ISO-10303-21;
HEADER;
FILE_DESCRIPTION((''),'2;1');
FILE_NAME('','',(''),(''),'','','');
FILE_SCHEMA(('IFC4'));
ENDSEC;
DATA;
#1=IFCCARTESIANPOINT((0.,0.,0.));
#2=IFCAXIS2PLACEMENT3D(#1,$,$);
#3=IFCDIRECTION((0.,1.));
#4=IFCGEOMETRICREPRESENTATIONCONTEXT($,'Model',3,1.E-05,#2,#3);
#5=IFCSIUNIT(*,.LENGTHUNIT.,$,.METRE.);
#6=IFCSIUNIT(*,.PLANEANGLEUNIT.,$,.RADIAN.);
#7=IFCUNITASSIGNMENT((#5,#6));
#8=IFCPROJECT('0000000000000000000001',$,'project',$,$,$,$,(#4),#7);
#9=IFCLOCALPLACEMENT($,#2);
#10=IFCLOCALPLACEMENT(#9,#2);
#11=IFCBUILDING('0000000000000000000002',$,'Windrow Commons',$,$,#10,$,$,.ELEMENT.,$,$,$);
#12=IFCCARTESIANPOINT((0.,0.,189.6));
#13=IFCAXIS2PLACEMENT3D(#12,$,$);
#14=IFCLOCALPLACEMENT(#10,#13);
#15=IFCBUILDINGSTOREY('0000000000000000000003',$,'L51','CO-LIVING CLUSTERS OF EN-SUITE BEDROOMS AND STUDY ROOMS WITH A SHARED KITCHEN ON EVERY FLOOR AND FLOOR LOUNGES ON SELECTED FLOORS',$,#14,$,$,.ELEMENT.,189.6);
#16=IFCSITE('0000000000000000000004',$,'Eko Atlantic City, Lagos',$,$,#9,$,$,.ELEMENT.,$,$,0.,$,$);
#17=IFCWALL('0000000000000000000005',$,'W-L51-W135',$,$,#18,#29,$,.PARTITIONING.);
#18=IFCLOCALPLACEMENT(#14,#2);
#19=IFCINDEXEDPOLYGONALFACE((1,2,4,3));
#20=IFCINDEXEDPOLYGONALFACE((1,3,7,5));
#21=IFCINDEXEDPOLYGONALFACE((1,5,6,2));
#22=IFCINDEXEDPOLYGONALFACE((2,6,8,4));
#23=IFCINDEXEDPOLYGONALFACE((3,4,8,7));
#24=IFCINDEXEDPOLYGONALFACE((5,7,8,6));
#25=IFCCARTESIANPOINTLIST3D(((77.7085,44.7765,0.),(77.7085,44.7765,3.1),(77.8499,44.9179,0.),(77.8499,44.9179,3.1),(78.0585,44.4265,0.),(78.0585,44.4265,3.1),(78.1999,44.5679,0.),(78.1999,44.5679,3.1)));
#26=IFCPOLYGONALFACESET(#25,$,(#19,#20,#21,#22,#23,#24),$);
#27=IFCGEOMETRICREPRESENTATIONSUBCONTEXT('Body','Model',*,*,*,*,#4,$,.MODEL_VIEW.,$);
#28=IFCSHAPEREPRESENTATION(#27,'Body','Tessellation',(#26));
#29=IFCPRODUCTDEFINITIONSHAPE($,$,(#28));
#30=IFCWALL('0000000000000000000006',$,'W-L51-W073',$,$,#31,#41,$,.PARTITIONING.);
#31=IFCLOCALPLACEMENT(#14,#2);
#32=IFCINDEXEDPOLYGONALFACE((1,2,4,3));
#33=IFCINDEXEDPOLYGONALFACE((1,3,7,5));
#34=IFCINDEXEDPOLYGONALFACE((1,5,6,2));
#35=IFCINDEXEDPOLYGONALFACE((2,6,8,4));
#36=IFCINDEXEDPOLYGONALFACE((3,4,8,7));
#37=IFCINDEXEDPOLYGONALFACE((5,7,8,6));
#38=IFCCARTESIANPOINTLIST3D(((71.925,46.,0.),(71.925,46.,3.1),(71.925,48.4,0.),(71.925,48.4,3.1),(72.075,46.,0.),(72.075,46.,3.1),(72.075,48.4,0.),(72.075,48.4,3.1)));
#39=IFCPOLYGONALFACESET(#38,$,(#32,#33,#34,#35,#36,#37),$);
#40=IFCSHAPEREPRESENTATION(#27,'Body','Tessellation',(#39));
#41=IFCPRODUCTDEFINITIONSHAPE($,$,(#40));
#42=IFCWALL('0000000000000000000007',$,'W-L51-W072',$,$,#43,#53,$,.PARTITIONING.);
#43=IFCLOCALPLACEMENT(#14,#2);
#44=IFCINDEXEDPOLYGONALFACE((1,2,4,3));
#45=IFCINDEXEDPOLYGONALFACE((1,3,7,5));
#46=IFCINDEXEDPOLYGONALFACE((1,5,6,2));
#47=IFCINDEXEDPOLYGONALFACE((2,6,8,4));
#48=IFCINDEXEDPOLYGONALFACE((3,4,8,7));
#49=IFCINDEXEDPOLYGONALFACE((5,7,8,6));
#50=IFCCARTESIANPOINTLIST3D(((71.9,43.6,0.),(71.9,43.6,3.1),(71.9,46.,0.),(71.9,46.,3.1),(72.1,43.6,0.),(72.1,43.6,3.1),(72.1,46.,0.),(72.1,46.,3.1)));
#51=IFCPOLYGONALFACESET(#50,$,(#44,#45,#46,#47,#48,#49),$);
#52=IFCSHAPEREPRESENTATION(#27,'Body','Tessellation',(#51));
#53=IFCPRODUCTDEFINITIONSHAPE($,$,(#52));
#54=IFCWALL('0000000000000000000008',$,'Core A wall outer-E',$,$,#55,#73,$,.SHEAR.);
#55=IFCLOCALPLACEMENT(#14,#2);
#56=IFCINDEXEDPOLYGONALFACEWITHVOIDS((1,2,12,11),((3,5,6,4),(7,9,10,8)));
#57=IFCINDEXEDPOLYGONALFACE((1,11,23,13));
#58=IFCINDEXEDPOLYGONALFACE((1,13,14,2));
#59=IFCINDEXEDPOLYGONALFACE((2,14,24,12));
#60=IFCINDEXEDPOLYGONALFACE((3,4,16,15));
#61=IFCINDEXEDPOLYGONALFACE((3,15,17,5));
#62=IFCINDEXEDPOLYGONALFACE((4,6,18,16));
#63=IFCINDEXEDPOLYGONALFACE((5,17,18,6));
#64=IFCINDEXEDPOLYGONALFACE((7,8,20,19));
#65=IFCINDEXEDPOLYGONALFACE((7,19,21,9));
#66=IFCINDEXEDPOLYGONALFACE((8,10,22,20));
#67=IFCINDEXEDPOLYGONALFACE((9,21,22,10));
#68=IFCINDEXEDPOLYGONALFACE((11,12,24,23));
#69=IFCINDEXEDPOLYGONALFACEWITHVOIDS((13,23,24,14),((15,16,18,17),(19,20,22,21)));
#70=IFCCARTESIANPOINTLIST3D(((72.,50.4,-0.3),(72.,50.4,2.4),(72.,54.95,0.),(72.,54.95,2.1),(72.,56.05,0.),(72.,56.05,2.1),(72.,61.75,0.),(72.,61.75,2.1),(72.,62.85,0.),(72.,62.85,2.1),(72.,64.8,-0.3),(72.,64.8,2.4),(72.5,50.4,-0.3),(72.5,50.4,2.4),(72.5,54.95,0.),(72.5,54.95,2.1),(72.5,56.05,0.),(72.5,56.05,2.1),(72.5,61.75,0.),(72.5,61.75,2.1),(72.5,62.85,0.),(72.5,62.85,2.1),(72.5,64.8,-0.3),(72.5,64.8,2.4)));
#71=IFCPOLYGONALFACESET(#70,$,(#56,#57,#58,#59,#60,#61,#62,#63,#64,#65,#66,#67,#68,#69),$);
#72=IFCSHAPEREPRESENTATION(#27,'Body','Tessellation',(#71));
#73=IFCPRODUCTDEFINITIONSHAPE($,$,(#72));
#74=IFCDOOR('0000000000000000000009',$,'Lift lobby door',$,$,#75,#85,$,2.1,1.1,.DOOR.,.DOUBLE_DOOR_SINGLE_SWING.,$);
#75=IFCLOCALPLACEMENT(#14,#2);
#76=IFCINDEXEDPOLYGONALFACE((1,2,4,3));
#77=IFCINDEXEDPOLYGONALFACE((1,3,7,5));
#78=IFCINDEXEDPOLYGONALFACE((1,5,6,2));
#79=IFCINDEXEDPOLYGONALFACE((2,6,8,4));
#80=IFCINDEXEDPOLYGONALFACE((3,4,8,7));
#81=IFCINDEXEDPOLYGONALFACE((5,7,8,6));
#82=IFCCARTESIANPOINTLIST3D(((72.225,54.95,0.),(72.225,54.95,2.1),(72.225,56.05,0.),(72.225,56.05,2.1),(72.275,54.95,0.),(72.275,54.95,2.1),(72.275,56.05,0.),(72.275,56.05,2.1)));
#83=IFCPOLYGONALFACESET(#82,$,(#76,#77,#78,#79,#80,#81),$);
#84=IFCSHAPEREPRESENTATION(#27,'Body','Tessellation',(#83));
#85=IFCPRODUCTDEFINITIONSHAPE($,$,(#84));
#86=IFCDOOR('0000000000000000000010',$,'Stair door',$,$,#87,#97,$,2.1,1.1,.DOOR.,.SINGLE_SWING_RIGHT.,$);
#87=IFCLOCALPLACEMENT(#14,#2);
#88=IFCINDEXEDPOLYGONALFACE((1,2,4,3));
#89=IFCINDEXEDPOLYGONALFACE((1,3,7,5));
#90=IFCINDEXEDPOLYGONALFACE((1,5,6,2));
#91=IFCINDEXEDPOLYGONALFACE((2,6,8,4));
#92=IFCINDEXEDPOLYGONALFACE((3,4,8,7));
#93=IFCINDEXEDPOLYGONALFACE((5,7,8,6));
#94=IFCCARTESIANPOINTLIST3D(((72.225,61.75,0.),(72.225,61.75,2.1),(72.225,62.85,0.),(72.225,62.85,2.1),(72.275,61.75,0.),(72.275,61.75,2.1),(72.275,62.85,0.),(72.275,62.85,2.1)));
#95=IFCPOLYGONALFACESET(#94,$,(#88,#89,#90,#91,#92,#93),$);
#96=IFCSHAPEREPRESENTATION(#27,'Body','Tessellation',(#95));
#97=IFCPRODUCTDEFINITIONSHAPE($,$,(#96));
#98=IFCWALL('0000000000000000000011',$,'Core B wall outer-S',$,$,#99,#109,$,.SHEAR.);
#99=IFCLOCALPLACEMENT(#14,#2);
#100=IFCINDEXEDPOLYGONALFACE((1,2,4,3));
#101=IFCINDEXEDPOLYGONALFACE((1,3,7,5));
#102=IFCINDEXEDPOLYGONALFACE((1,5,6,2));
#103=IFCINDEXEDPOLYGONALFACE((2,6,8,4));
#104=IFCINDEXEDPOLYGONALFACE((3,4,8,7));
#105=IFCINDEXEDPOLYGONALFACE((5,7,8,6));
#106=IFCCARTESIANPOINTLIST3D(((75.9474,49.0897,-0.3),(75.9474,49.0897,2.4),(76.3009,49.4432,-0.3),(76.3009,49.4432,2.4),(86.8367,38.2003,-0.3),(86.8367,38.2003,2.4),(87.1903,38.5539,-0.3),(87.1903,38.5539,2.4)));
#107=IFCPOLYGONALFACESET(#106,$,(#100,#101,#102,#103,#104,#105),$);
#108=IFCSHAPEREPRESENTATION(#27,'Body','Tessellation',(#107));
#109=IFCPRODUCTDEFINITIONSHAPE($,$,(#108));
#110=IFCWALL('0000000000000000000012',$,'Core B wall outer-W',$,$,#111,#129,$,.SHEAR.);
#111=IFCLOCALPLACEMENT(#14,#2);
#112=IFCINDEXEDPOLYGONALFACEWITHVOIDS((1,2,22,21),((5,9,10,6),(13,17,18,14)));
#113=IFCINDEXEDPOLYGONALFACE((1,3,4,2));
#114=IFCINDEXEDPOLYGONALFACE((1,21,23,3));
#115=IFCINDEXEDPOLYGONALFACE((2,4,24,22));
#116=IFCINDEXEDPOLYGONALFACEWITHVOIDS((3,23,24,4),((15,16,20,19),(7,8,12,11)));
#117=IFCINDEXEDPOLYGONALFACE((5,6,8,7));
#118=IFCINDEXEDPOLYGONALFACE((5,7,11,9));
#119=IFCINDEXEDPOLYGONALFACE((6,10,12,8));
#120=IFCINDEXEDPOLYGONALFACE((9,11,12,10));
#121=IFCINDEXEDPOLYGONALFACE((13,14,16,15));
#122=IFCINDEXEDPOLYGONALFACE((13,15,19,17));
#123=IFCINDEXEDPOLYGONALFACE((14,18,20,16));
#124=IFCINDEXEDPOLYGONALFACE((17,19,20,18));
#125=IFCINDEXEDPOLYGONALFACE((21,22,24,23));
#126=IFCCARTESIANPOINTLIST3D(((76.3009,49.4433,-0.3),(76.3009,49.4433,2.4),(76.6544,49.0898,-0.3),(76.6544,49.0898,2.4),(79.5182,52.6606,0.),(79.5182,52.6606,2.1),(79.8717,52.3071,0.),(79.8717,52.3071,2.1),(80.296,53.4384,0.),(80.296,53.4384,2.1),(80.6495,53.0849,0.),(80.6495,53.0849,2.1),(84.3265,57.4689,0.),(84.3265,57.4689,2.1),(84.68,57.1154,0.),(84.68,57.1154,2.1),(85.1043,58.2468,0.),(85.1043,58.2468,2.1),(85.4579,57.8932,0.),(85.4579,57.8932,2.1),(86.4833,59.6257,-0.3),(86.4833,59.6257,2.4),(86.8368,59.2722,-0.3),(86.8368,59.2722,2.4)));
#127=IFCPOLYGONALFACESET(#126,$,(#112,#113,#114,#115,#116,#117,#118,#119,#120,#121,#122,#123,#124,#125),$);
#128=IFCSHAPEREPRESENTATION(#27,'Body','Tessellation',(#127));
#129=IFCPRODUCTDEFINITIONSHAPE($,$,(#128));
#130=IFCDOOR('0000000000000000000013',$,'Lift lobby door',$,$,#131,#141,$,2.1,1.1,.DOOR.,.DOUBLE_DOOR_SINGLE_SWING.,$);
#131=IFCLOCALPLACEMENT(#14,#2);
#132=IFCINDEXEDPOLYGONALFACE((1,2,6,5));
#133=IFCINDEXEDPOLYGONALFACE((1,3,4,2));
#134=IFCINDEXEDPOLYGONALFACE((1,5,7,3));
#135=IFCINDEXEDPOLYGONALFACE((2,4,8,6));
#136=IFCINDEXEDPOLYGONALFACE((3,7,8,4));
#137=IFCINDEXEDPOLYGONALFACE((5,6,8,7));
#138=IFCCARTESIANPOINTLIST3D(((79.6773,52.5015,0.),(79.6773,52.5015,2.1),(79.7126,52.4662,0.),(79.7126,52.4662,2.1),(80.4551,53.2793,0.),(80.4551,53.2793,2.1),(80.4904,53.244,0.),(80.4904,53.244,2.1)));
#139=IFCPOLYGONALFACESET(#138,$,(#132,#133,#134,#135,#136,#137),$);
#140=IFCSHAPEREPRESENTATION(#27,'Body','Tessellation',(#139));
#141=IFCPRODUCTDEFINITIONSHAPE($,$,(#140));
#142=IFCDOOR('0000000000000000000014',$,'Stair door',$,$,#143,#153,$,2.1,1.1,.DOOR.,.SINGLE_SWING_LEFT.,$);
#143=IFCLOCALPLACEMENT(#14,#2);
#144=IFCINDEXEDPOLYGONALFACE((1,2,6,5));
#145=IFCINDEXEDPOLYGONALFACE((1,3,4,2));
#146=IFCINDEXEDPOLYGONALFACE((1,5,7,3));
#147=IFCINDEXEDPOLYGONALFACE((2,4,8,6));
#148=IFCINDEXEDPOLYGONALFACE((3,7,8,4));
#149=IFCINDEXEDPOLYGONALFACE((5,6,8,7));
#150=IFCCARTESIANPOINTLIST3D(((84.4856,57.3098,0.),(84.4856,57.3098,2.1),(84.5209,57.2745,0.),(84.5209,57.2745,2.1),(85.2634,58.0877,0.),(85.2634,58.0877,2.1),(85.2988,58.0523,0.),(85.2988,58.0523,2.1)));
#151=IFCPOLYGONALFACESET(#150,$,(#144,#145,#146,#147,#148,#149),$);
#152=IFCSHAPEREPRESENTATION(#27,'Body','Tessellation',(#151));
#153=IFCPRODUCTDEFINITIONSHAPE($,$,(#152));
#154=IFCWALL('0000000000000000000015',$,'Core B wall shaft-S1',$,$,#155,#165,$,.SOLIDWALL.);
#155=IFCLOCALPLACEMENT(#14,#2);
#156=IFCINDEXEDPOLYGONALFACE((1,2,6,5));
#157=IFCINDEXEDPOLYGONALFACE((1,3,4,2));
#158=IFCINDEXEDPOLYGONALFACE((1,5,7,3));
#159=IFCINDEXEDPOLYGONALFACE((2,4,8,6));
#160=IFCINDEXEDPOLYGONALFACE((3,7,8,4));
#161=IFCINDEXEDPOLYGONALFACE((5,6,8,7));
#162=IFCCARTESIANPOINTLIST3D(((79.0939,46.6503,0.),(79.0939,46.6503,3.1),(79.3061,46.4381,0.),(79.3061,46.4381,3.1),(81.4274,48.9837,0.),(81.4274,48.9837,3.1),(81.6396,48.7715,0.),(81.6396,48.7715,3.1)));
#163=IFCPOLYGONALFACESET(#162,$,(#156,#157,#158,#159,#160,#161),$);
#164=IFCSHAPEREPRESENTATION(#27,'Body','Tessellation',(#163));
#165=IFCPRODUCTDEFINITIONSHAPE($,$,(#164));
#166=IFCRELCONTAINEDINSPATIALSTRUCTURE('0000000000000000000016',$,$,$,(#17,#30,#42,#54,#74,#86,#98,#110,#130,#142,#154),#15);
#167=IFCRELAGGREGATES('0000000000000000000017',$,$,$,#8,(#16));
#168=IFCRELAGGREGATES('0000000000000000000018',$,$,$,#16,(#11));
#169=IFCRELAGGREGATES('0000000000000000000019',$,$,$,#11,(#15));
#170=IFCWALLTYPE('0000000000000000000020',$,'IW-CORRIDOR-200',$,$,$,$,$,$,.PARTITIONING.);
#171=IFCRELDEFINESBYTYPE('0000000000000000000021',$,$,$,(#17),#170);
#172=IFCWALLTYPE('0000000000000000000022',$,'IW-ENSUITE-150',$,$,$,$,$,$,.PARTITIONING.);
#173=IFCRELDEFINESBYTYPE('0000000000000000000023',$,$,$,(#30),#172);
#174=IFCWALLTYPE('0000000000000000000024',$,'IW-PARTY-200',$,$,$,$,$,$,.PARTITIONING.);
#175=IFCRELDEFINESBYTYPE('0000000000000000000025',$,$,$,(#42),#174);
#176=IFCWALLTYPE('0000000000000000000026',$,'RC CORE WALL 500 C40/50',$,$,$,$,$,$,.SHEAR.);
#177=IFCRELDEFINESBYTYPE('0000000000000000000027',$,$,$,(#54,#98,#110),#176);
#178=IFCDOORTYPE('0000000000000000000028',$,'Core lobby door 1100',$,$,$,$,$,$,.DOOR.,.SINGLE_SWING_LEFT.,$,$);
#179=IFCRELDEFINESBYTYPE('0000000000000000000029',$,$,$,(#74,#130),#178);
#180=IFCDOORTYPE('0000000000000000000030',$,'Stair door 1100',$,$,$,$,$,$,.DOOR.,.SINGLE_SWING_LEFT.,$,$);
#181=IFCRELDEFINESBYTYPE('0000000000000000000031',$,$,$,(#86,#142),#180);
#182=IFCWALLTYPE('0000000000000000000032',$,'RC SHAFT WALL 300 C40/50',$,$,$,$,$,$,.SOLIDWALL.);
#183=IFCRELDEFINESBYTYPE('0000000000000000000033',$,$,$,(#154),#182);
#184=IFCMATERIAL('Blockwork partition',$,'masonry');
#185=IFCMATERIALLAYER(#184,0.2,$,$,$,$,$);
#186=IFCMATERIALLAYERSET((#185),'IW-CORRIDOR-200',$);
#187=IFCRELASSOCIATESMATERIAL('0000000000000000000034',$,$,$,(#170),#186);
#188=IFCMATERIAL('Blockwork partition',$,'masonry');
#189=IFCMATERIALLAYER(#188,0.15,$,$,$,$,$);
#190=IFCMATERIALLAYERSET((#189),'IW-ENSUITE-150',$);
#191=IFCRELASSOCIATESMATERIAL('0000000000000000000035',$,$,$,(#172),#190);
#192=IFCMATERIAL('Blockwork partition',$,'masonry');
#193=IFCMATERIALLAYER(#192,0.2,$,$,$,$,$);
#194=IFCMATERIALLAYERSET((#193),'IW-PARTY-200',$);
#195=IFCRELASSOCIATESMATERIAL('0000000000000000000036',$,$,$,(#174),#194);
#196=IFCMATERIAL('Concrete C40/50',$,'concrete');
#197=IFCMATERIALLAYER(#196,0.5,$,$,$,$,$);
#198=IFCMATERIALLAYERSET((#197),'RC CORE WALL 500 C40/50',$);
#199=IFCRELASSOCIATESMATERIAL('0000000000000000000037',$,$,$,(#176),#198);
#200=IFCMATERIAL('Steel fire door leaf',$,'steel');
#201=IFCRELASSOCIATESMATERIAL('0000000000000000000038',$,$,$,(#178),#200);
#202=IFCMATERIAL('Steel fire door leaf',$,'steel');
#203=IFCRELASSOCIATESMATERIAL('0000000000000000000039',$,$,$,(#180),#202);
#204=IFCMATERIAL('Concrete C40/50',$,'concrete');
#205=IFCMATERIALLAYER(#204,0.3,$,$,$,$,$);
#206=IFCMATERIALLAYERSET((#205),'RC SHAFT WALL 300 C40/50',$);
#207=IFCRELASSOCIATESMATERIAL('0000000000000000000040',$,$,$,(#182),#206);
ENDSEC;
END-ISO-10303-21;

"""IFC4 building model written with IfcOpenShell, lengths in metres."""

from ifc_helpers import new_model, si_unit, direction, frame, frame_2d, origin, place, context, subcontext, project, spatial, rectangle, extrude, material, layer, layer_set, type_object, element, fill, save


model = new_model("IFC4")

# Units and contexts
model_context = context("Model", 3, precision=1e-05, world=origin(), true_north=direction((0.0, 1.0)))
body_context = subcontext(model_context, "Body", "Model", "MODEL_VIEW")
ifc_project = project(units=[si_unit("LENGTHUNIT", "METRE"), si_unit("PLANEANGLEUNIT", "RADIAN")], contexts=[model_context])

# Site, building, storey
site_placement = place(None, origin())
site = spatial("IfcSite", under=ifc_project, at=site_placement, Name="Eko Atlantic City, Lagos", CompositionType="ELEMENT", RefElevation=0.0)
building_placement = place(site_placement, origin())
building = spatial("IfcBuilding", under=site, at=building_placement, Name="Windrow Commons", CompositionType="ELEMENT")
storey_placement = place(building_placement, frame((0.0, 0.0, 189.6)))
storey = spatial("IfcBuildingStorey", under=building, at=storey_placement, Name="L51", Description="CO-LIVING CLUSTERS OF EN-SUITE BEDROOMS AND STUDY ROOMS WITH A SHARED KITCHEN ON EVERY FLOOR AND FLOOR LOUNGES ON SELECTED FLOORS", CompositionType="ELEMENT", Elevation=189.6)

# Shared definitions
ifc_material_1 = material(Name="Blockwork partition", Category="masonry")
ifc_layer_1 = layer(ifc_material_1, 0.2)
ifc_layer_set_1 = layer_set([ifc_layer_1], Name="IW-CORRIDOR-200")
wall_type_1 = type_object("IfcWallType", Name="IW-CORRIDOR-200", PredefinedType="PARTITIONING", material=ifc_layer_set_1)

# Walls
wall_1_placement = place(storey_placement, frame((77.7792, 44.8472, 0.0), z_axis=(0.0, 0.0, 1.0), x_axis=(0.707107, -0.707107, 0.0)))
element("IfcWall", 1, at=wall_1_placement, inside=storey, type_object=wall_type_1, Name="W-L51-W135", PredefinedType="PARTITIONING", context=body_context, shape_type="SweptSolid", body=[
    extrude(rectangle(XDim=0.495, YDim=0.2, at=frame_2d((0.2475, 0.0))), origin(), (0.0, 0.0, 1.0), 3.1),
])
ifc_material_2 = material(Name="Blockwork partition", Category="masonry")
ifc_layer_2 = layer(ifc_material_2, 0.15)
ifc_layer_set_2 = layer_set([ifc_layer_2], Name="IW-ENSUITE-150")
wall_type_2 = type_object("IfcWallType", Name="IW-ENSUITE-150", PredefinedType="PARTITIONING", material=ifc_layer_set_2)
wall_2_placement = place(storey_placement, frame((72.0, 46.0, 0.0), z_axis=(0.0, 0.0, 1.0), x_axis=(0.0, 1.0, 0.0)))
element("IfcWall", 2, at=wall_2_placement, inside=storey, type_object=wall_type_2, Name="W-L51-W073", PredefinedType="PARTITIONING", context=body_context, shape_type="SweptSolid", body=[
    extrude(rectangle(XDim=2.4, YDim=0.15, at=frame_2d((1.2, 0.0))), origin(), (0.0, 0.0, 1.0), 3.1),
])
ifc_material_3 = material(Name="Blockwork partition", Category="masonry")
ifc_layer_3 = layer(ifc_material_3, 0.2)
ifc_layer_set_3 = layer_set([ifc_layer_3], Name="IW-PARTY-200")
wall_type_3 = type_object("IfcWallType", Name="IW-PARTY-200", PredefinedType="PARTITIONING", material=ifc_layer_set_3)
wall_3_placement = place(storey_placement, frame((72.0, 43.6, 0.0), z_axis=(0.0, 0.0, 1.0), x_axis=(0.0, 1.0, 0.0)))
element("IfcWall", 3, at=wall_3_placement, inside=storey, type_object=wall_type_3, Name="W-L51-W072", PredefinedType="PARTITIONING", context=body_context, shape_type="SweptSolid", body=[
    extrude(rectangle(XDim=2.4, YDim=0.2, at=frame_2d((1.2, 0.0))), origin(), (0.0, 0.0, 1.0), 3.1),
])

# Wall, openings, doors
ifc_material_4 = material(Name="Concrete C40/50", Category="concrete")
ifc_layer_4 = layer(ifc_material_4, 0.5)
ifc_layer_set_4 = layer_set([ifc_layer_4], Name="RC CORE WALL 500 C40/50")
wall_type_4 = type_object("IfcWallType", Name="RC CORE WALL 500 C40/50", PredefinedType="SHEAR", material=ifc_layer_set_4)
wall_4_placement = place(storey_placement, frame((72.25, 50.4, -0.3), z_axis=(0.0, 0.0, 1.0), x_axis=(0.0, 1.0, 0.0)))
wall_4 = element("IfcWall", 4, at=wall_4_placement, inside=storey, type_object=wall_type_4, Name="Core A wall outer-E", PredefinedType="SHEAR", context=body_context, shape_type="SweptSolid", body=[
    extrude(rectangle(XDim=14.4, YDim=0.5, at=frame_2d((7.2, 0.0))), origin(), (0.0, 0.0, 1.0), 2.7),
])
opening_1_placement = place(wall_4_placement, frame((4.55, 0.0, 0.3)))
opening_1 = element("IfcOpeningElement", 5, at=opening_1_placement, cuts=wall_4, PredefinedType="OPENING", context=body_context, shape_type="SweptSolid", body=[
    extrude(rectangle(XDim=1.1, YDim=2.1, at=frame_2d((0.55, 1.05))), frame((0.0, 0.26, 0.0), z_axis=(0.0, -1.0, 0.0), x_axis=(1.0, 0.0, 0.0)), (0.0, 0.0, 1.0), 0.52),
])
opening_2_placement = place(wall_4_placement, frame((11.35, 0.0, 0.3)))
opening_2 = element("IfcOpeningElement", 6, at=opening_2_placement, cuts=wall_4, PredefinedType="OPENING", context=body_context, shape_type="SweptSolid", body=[
    extrude(rectangle(XDim=1.1, YDim=2.1, at=frame_2d((0.55, 1.05))), frame((0.0, 0.26, 0.0), z_axis=(0.0, -1.0, 0.0), x_axis=(1.0, 0.0, 0.0)), (0.0, 0.0, 1.0), 0.52),
])
ifc_material_5 = material(Name="Steel fire door leaf", Category="steel")
door_type_1 = type_object("IfcDoorType", Name="Core lobby door 1100", OperationType="SINGLE_SWING_LEFT", PredefinedType="DOOR", material=ifc_material_5)
door_1_placement = place(opening_1_placement, origin())
door_1 = element("IfcDoor", 7, at=door_1_placement, inside=storey, type_object=door_type_1, Name="Lift lobby door", OperationType="DOUBLE_DOOR_SINGLE_SWING", OverallHeight=2.1, OverallWidth=1.1, PredefinedType="DOOR", context=body_context, shape_type="SweptSolid", body=[
    extrude(rectangle(XDim=1.1, YDim=2.1, at=frame_2d((0.55, 1.05))), frame((0.0, 0.025, 0.0), z_axis=(0.0, -1.0, 0.0), x_axis=(1.0, 0.0, 0.0)), (0.0, 0.0, 1.0), 0.05),
])
fill(opening_1, door_1)
ifc_material_6 = material(Name="Steel fire door leaf", Category="steel")
door_type_2 = type_object("IfcDoorType", Name="Stair door 1100", OperationType="SINGLE_SWING_LEFT", PredefinedType="DOOR", material=ifc_material_6)
door_2_placement = place(opening_2_placement, origin())
door_2 = element("IfcDoor", 8, at=door_2_placement, inside=storey, type_object=door_type_2, Name="Stair door", OperationType="SINGLE_SWING_RIGHT", OverallHeight=2.1, OverallWidth=1.1, PredefinedType="DOOR", context=body_context, shape_type="SweptSolid", body=[
    extrude(rectangle(XDim=1.1, YDim=2.1, at=frame_2d((0.55, 1.05))), frame((0.0, 0.025, 0.0), z_axis=(0.0, -1.0, 0.0), x_axis=(1.0, 0.0, 0.0)), (0.0, 0.0, 1.0), 0.05),
])
fill(opening_2, door_2)

# Wall
wall_5_placement = place(storey_placement, frame((76.1241, 49.2665, -0.3), z_axis=(0.0, 0.0, 1.0), x_axis=(0.707107, -0.707107, 0.0)))
element("IfcWall", 9, at=wall_5_placement, inside=storey, type_object=wall_type_4, Name="Core B wall outer-S", PredefinedType="SHEAR", context=body_context, shape_type="SweptSolid", body=[
    extrude(rectangle(XDim=15.3999, YDim=0.5, at=frame_2d((7.7, 0.0))), origin(), (0.0, 0.0, 1.0), 2.7),
])

# Wall, openings, doors
wall_6_placement = place(storey_placement, frame((76.4776, 49.2665, -0.3), z_axis=(0.0, 0.0, 1.0), x_axis=(0.707107, 0.707107, 0.0)))
wall_6 = element("IfcWall", 10, at=wall_6_placement, inside=storey, type_object=wall_type_4, Name="Core B wall outer-W", PredefinedType="SHEAR", context=body_context, shape_type="SweptSolid", body=[
    extrude(rectangle(XDim=14.4001, YDim=0.5, at=frame_2d((7.2001, 0.0))), origin(), (0.0, 0.0, 1.0), 2.7),
])
opening_3_placement = place(wall_6_placement, frame((4.55, 0.0, 0.3)))
opening_3 = element("IfcOpeningElement", 11, at=opening_3_placement, cuts=wall_6, PredefinedType="OPENING", context=body_context, shape_type="SweptSolid", body=[
    extrude(rectangle(XDim=1.1, YDim=2.1, at=frame_2d((0.55, 1.05))), frame((0.0, 0.26, 0.0), z_axis=(0.0, -1.0, 0.0), x_axis=(1.0, 0.0, 0.0)), (0.0, 0.0, 1.0), 0.52),
])
opening_4_placement = place(wall_6_placement, frame((11.35, 0.0, 0.3)))
opening_4 = element("IfcOpeningElement", 12, at=opening_4_placement, cuts=wall_6, PredefinedType="OPENING", context=body_context, shape_type="SweptSolid", body=[
    extrude(rectangle(XDim=1.1, YDim=2.1, at=frame_2d((0.55, 1.05))), frame((0.0, 0.26, 0.0), z_axis=(0.0, -1.0, 0.0), x_axis=(1.0, 0.0, 0.0)), (0.0, 0.0, 1.0), 0.52),
])
door_3_placement = place(opening_3_placement, origin())
door_3 = element("IfcDoor", 13, at=door_3_placement, inside=storey, type_object=door_type_1, Name="Lift lobby door", OperationType="DOUBLE_DOOR_SINGLE_SWING", OverallHeight=2.1, OverallWidth=1.1, PredefinedType="DOOR", context=body_context, shape_type="SweptSolid", body=[
    extrude(rectangle(XDim=1.1, YDim=2.1, at=frame_2d((0.55, 1.05))), frame((0.0, 0.025, 0.0), z_axis=(0.0, -1.0, 0.0), x_axis=(1.0, 0.0, 0.0)), (0.0, 0.0, 1.0), 0.05),
])
fill(opening_3, door_3)
door_4_placement = place(opening_4_placement, origin())
door_4 = element("IfcDoor", 14, at=door_4_placement, inside=storey, type_object=door_type_2, Name="Stair door", OperationType="SINGLE_SWING_LEFT", OverallHeight=2.1, OverallWidth=1.1, PredefinedType="DOOR", context=body_context, shape_type="SweptSolid", body=[
    extrude(rectangle(XDim=1.1, YDim=2.1, at=frame_2d((0.55, 1.05))), frame((0.0, 0.025, 0.0), z_axis=(0.0, -1.0, 0.0), x_axis=(1.0, 0.0, 0.0)), (0.0, 0.0, 1.0), 0.05),
])
fill(opening_4, door_4)

# Wall
ifc_material_7 = material(Name="Concrete C40/50", Category="concrete")
ifc_layer_5 = layer(ifc_material_7, 0.3)
ifc_layer_set_5 = layer_set([ifc_layer_5], Name="RC SHAFT WALL 300 C40/50")
wall_type_5 = type_object("IfcWallType", Name="RC SHAFT WALL 300 C40/50", PredefinedType="SOLIDWALL", material=ifc_layer_set_5)
wall_7_placement = place(storey_placement, frame((79.2, 46.5442, 0.0), z_axis=(0.0, 0.0, 1.0), x_axis=(0.707122, 0.707092, 0.0)))
element("IfcWall", 15, at=wall_7_placement, inside=storey, type_object=wall_type_5, Name="Core B wall shaft-S1", PredefinedType="SOLIDWALL", context=body_context, shape_type="SweptSolid", body=[
    extrude(rectangle(XDim=3.3, YDim=0.3, at=frame_2d((1.65, 0.0))), origin(), (0.0, 0.0, 1.0), 3.1),
])

save(model, "model.ifc")
